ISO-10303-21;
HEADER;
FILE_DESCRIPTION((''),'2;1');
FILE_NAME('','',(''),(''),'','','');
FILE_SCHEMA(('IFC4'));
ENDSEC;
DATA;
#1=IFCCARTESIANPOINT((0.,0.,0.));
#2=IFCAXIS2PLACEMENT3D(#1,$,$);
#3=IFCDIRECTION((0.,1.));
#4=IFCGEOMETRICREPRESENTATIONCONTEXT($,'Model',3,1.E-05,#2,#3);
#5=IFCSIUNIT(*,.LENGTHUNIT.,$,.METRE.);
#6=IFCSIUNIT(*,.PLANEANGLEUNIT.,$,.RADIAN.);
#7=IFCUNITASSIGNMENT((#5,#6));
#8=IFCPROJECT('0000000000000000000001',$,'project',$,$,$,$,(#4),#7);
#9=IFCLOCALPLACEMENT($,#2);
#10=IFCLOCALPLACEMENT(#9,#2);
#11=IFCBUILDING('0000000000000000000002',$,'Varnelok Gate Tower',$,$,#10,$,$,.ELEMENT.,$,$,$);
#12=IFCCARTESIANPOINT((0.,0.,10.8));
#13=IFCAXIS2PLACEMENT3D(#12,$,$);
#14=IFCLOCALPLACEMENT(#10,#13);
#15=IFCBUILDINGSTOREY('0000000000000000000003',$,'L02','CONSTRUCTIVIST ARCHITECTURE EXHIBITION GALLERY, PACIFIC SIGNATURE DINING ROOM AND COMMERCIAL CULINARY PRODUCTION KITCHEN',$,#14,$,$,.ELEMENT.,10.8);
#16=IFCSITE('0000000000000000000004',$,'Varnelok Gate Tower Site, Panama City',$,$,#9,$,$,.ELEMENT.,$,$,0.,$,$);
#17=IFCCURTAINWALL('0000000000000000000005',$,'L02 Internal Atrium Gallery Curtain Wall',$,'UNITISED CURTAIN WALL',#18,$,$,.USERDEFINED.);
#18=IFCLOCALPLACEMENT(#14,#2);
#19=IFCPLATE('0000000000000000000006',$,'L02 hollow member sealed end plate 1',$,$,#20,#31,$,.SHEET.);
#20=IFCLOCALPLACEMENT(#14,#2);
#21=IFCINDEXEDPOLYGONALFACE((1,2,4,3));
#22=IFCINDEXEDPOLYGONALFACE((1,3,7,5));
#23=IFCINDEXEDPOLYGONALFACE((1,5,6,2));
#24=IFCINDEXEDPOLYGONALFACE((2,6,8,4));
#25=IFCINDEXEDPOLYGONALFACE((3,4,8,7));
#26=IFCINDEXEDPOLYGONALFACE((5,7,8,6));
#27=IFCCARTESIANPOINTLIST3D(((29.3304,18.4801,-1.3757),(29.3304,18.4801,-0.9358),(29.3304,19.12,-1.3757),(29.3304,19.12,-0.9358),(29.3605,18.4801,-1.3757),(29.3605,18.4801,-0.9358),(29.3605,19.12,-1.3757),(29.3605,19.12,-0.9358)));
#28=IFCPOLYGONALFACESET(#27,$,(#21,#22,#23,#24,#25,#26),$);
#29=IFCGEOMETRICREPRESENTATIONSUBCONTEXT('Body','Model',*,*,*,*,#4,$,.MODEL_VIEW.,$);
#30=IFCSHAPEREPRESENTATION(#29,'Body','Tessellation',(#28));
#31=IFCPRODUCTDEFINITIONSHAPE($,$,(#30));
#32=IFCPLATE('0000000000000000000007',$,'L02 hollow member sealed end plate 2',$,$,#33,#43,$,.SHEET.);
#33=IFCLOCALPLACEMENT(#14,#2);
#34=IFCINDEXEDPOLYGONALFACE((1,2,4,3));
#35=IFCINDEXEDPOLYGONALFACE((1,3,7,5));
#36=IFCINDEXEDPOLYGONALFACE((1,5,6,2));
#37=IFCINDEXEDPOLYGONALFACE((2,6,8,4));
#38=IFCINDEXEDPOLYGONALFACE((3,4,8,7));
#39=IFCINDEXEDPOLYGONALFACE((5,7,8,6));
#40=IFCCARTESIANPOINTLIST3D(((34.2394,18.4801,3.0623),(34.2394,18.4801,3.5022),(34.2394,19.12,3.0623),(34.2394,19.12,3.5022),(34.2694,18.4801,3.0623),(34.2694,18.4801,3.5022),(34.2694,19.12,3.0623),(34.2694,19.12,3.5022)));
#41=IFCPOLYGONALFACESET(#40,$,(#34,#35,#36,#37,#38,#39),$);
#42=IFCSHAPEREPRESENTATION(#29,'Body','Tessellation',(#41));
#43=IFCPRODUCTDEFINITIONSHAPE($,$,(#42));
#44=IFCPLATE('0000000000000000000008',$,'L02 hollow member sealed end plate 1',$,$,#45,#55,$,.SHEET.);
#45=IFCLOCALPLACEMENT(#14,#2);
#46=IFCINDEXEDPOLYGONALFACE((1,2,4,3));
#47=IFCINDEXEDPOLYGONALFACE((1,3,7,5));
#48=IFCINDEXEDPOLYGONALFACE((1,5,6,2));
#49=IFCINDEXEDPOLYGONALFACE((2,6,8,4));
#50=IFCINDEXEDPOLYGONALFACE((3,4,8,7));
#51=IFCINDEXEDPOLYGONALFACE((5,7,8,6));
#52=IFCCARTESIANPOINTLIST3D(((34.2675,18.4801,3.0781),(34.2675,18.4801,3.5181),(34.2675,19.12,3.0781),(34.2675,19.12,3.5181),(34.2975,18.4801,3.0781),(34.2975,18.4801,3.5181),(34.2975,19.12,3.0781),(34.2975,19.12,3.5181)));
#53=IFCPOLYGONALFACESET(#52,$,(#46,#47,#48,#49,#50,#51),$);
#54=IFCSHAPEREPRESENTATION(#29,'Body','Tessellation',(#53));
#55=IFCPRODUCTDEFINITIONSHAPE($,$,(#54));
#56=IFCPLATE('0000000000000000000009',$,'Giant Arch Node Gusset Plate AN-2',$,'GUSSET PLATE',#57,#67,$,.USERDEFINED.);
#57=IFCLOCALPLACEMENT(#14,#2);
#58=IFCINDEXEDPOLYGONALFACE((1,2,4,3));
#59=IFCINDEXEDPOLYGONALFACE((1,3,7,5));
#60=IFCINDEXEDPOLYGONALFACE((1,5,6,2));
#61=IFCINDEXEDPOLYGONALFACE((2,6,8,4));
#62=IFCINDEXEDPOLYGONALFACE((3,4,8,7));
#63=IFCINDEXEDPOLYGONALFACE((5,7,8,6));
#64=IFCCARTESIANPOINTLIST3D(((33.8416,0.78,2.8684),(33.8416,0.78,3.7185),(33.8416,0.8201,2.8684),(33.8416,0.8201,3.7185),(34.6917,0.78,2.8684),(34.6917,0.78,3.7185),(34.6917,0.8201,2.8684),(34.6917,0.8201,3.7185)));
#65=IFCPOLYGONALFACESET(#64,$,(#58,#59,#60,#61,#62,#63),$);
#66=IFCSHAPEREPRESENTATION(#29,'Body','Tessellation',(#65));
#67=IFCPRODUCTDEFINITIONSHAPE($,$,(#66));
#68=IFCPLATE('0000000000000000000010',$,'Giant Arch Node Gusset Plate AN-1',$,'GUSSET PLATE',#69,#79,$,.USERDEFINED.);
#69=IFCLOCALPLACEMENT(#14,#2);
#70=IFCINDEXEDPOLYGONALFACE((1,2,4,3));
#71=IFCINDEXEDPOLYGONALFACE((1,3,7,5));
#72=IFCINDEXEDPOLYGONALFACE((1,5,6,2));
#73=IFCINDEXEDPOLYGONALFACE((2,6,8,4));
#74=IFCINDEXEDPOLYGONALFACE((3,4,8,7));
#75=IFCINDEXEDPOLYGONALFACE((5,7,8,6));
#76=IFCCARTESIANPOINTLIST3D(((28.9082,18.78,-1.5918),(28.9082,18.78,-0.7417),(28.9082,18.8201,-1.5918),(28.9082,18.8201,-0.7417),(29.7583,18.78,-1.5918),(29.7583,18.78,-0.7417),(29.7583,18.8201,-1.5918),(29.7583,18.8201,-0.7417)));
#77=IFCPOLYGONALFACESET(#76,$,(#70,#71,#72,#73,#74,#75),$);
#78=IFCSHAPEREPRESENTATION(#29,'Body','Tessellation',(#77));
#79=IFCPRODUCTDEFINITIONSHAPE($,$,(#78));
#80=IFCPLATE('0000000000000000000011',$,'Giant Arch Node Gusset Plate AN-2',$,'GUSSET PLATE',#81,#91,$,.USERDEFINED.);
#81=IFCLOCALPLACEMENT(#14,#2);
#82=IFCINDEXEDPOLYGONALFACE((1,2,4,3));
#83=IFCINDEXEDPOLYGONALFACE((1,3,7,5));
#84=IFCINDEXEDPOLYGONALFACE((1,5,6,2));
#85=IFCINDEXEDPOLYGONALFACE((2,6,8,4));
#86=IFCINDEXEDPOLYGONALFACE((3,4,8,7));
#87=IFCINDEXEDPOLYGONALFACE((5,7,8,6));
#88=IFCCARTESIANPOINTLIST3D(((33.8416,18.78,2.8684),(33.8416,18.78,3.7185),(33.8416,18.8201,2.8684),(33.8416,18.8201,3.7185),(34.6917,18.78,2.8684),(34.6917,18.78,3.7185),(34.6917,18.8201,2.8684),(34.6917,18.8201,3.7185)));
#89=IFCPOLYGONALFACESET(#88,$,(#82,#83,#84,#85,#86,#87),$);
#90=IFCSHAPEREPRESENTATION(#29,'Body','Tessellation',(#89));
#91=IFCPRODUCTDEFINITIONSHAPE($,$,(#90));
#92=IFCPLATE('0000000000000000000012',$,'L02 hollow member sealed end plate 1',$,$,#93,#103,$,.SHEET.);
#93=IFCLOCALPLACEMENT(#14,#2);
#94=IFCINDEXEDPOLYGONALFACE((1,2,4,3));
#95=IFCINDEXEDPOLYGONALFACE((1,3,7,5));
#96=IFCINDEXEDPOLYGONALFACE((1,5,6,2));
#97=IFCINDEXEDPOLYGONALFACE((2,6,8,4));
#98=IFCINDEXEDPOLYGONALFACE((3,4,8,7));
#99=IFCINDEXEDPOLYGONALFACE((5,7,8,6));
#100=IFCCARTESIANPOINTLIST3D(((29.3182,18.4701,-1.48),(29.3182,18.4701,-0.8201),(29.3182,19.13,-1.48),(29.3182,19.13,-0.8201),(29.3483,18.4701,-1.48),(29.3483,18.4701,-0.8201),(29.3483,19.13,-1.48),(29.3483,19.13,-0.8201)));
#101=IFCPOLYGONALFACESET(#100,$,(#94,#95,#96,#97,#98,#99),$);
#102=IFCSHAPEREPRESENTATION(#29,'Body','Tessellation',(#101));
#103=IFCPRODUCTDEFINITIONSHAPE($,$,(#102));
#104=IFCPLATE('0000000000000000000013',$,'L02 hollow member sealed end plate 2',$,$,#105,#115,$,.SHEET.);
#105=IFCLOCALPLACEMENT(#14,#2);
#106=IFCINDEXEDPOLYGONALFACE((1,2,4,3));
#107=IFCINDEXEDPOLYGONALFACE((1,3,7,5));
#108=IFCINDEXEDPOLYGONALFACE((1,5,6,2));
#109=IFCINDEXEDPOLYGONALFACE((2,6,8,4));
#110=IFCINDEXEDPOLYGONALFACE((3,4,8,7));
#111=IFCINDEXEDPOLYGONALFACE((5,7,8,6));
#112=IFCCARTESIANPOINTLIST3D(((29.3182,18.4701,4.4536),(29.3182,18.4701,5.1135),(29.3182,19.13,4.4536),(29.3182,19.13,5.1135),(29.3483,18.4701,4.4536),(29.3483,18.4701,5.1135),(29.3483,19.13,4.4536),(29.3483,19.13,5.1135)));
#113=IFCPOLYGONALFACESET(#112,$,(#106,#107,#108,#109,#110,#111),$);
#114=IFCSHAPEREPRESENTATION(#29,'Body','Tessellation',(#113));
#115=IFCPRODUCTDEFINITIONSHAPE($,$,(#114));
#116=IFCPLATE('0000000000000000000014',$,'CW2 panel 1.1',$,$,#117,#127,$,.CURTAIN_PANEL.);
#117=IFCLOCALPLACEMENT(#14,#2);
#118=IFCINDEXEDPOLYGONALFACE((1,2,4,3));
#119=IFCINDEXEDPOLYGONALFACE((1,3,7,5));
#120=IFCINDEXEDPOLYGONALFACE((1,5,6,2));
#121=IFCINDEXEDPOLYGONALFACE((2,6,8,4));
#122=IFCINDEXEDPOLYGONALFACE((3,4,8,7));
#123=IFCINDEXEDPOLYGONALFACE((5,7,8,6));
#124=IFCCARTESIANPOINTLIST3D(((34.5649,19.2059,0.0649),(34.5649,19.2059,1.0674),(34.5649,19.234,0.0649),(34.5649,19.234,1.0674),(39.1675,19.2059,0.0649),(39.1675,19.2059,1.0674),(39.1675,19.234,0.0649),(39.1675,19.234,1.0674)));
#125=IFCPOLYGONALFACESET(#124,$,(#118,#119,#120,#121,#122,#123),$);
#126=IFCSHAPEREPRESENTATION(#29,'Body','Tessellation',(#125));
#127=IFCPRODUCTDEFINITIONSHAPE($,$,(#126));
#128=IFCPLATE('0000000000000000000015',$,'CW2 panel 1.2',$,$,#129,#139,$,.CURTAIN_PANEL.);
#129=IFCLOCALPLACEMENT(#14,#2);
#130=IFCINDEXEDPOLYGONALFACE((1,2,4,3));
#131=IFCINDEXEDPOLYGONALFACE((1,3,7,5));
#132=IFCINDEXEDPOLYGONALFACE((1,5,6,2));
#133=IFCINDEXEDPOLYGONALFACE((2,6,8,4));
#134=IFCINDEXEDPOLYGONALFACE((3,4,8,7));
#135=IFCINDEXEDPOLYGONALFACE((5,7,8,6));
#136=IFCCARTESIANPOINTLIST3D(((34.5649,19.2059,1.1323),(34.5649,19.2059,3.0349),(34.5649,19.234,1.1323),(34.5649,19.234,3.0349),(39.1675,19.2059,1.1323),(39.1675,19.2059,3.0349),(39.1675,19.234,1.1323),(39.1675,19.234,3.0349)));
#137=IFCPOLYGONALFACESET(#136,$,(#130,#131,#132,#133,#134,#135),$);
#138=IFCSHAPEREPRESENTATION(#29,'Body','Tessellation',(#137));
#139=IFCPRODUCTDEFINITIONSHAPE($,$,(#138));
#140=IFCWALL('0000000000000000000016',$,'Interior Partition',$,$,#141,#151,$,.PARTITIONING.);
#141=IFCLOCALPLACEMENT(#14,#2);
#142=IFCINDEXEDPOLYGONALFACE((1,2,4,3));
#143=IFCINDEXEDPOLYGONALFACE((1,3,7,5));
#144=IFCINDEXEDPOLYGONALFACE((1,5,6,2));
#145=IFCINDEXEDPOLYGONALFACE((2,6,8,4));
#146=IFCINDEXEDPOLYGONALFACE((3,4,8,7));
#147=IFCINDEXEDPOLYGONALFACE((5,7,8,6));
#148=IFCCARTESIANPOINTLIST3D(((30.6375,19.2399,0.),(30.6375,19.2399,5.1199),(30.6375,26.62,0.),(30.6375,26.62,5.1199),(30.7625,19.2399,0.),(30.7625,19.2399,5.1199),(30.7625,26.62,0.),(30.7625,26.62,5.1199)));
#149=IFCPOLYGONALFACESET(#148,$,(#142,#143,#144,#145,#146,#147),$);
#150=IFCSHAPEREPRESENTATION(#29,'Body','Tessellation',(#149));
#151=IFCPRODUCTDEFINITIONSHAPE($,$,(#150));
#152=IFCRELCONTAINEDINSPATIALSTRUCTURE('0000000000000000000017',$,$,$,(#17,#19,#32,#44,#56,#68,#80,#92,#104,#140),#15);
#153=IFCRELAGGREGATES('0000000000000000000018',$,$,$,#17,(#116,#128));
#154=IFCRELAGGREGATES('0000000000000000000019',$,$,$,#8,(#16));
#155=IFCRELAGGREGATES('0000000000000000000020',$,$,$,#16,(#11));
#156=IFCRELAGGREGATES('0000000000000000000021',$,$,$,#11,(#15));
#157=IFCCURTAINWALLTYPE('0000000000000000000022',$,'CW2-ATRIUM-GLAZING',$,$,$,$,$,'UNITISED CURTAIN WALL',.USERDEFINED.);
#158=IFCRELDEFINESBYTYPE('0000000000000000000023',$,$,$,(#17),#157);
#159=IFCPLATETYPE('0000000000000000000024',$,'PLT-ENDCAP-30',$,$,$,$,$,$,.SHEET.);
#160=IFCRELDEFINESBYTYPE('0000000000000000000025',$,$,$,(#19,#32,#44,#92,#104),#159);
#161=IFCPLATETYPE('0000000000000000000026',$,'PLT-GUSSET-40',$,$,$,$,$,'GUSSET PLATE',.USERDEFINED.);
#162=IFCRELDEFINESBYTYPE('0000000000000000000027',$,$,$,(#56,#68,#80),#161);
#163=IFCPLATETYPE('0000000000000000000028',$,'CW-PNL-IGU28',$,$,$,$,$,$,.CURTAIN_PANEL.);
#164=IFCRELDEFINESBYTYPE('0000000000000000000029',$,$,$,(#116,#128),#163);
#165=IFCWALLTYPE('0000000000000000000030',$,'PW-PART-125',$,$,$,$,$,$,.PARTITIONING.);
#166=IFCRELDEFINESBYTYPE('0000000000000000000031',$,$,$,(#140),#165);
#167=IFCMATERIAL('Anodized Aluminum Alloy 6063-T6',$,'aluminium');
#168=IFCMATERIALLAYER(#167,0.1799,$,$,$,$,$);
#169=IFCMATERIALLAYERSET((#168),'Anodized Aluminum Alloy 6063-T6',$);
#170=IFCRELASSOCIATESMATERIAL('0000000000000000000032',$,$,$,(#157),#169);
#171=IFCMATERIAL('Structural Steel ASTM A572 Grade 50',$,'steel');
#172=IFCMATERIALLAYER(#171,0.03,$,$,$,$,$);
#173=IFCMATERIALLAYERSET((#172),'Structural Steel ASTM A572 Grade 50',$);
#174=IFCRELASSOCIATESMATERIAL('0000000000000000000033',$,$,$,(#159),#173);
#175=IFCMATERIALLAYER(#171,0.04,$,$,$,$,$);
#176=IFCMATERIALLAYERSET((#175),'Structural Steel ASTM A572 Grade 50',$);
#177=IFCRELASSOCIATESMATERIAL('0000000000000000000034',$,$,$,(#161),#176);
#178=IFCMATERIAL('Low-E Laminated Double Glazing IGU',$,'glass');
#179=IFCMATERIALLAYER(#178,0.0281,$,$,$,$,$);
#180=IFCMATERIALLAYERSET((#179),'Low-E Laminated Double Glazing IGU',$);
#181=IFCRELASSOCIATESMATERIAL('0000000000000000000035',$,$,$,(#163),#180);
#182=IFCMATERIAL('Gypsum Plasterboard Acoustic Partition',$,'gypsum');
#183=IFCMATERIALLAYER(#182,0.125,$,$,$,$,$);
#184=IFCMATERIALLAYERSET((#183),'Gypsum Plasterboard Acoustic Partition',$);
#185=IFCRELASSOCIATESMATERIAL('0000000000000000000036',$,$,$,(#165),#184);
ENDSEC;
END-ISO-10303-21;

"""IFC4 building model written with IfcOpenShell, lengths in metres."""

from ifc_helpers import new_model, si_unit, direction, frame, frame_2d, origin, origin_2d, place, context, subcontext, project, spatial, rectangle, extrude, source, transform, mapped, material, layer, layer_set, type_object, element, aggregate, save


model = new_model("IFC4")

# Units and contexts
model_context = context("Model", 3, precision=1e-05, world=origin(), true_north=direction((0.0, 1.0)))
body_context = subcontext(model_context, "Body", "Model", "MODEL_VIEW")
ifc_project = project(units=[si_unit("LENGTHUNIT", "METRE"), si_unit("PLANEANGLEUNIT", "RADIAN")], contexts=[model_context])

# Site, building, storey
site_placement = place(None, origin())
site = spatial("IfcSite", under=ifc_project, at=site_placement, Name="Varnelok Gate Tower Site, Panama City", CompositionType="ELEMENT", RefElevation=0.0)
building_placement = place(site_placement, origin())
building = spatial("IfcBuilding", under=site, at=building_placement, Name="Varnelok Gate Tower", CompositionType="ELEMENT")
storey_placement = place(building_placement, frame((0.0, 0.0, 10.8)))
storey = spatial("IfcBuildingStorey", under=building, at=storey_placement, Name="L02", Description="CONSTRUCTIVIST ARCHITECTURE EXHIBITION GALLERY, PACIFIC SIGNATURE DINING ROOM AND COMMERCIAL CULINARY PRODUCTION KITCHEN", CompositionType="ELEMENT", Elevation=10.8)

# Curtain wall
ifc_material_1 = material(Name="Anodized Aluminum Alloy 6063-T6", Category="aluminium")
ifc_layer_1 = layer(ifc_material_1, 0.1799)
ifc_layer_set_1 = layer_set([ifc_layer_1], Name="Anodized Aluminum Alloy 6063-T6")
curtain_wall_type = type_object("IfcCurtainWallType", Name="CW2-ATRIUM-GLAZING", ElementType="UNITISED CURTAIN WALL", PredefinedType="USERDEFINED", material=ifc_layer_set_1)
curtain_wall_placement = place(storey_placement, origin())
curtain_wall = element("IfcCurtainWall", 1, at=curtain_wall_placement, inside=storey, type_object=curtain_wall_type, Name="L02 Internal Atrium Gallery Curtain Wall", ObjectType="UNITISED CURTAIN WALL", PredefinedType="USERDEFINED")

# Shared definitions
ifc_material_2 = material(Name="Structural Steel ASTM A572 Grade 50", Category="steel")

# Plates
ifc_layer_2 = layer(ifc_material_2, 0.03)
ifc_layer_set_2 = layer_set([ifc_layer_2], Name="Structural Steel ASTM A572 Grade 50")
plate_type_1 = type_object("IfcPlateType", Name="PLT-ENDCAP-30", PredefinedType="SHEET", material=ifc_layer_set_2)
shared_shape_1 = source(origin(), body_context, "Body", "SweptSolid", [
    extrude(rectangle(XDim=0.03, YDim=0.6399, at=origin_2d()), origin(), (0.0, 0.0, 1.0), 0.4399),
])
for number, where, z_axis, x_axis, name in (
    (2, (29.3455, 18.8, -1.3757), (0.0, 0.0, 1.0), (1.0, 0.0, 0.0), "L02 hollow member sealed end plate 1"),
    (3, (34.2544, 18.8, 3.0623), (0.0, 0.0, 1.0), (1.0, 0.0, 0.0), "L02 hollow member sealed end plate 2"),
    (4, (34.2825, 18.8, 3.0781), (0.0, 0.0, 1.0), (1.0, 0.0, 0.0), "L02 hollow member sealed end plate 1"),
):
    element("IfcPlate", number, at=place(storey_placement, frame(where, z_axis=z_axis, x_axis=x_axis)), inside=storey, type_object=plate_type_1, Name=name, PredefinedType="SHEET", context=body_context, shape_type="MappedRepresentation", body=[
        mapped(shared_shape_1, transform((0.0, 0.0, 0.0), scale=1.0)),
    ])
ifc_layer_3 = layer(ifc_material_2, 0.04)
ifc_layer_set_3 = layer_set([ifc_layer_3], Name="Structural Steel ASTM A572 Grade 50")
plate_type_2 = type_object("IfcPlateType", Name="PLT-GUSSET-40", ElementType="GUSSET PLATE", PredefinedType="USERDEFINED", material=ifc_layer_set_3)
shared_shape_2 = source(origin(), body_context, "Body", "SweptSolid", [
    extrude(rectangle(XDim=0.8501, YDim=0.04, at=origin_2d()), origin(), (0.0, 0.0, 1.0), 0.8501),
])
for number, where, z_axis, x_axis, name in (
    (5, (34.2666, 0.8, 2.8684), (0.0, 0.0, 1.0), (1.0, 0.0, 0.0), "Giant Arch Node Gusset Plate AN-2"),
    (6, (29.3333, 18.8, -1.5918), (0.0, 0.0, 1.0), (1.0, 0.0, 0.0), "Giant Arch Node Gusset Plate AN-1"),
    (7, (34.2666, 18.8, 2.8684), (0.0, 0.0, 1.0), (1.0, 0.0, 0.0), "Giant Arch Node Gusset Plate AN-2"),
):
    element("IfcPlate", number, at=place(storey_placement, frame(where, z_axis=z_axis, x_axis=x_axis)), inside=storey, type_object=plate_type_2, Name=name, ObjectType="GUSSET PLATE", PredefinedType="USERDEFINED", context=body_context, shape_type="MappedRepresentation", body=[
        mapped(shared_shape_2, transform((0.0, 0.0, 0.0), scale=1.0)),
    ])
shared_shape_3 = source(origin(), body_context, "Body", "SweptSolid", [
    extrude(rectangle(XDim=0.03, YDim=0.6599, at=origin_2d()), origin(), (0.0, 0.0, 1.0), 0.6599),
])
for number, where, z_axis, x_axis, name in (
    (8, (29.3333, 18.8, -1.48), (0.0, 0.0, 1.0), (1.0, 0.0, 0.0), "L02 hollow member sealed end plate 1"),
    (9, (29.3333, 18.8, 4.4536), (0.0, 0.0, 1.0), (1.0, 0.0, 0.0), "L02 hollow member sealed end plate 2"),
):
    element("IfcPlate", number, at=place(storey_placement, frame(where, z_axis=z_axis, x_axis=x_axis)), inside=storey, type_object=plate_type_1, Name=name, PredefinedType="SHEET", context=body_context, shape_type="MappedRepresentation", body=[
        mapped(shared_shape_3, transform((0.0, 0.0, 0.0), scale=1.0)),
    ])

# Plates
ifc_material_3 = material(Name="Low-E Laminated Double Glazing IGU", Category="glass")
ifc_layer_4 = layer(ifc_material_3, 0.0281)
ifc_layer_set_4 = layer_set([ifc_layer_4], Name="Low-E Laminated Double Glazing IGU")
plate_type_3 = type_object("IfcPlateType", Name="CW-PNL-IGU28", PredefinedType="CURTAIN_PANEL", material=ifc_layer_set_4)
shared_shape_4 = source(origin(), body_context, "Body", "SweptSolid", [
    extrude(rectangle(XDim=4.6025, YDim=0.0281, at=origin_2d()), origin(), (0.0, 0.0, 1.0), 1.0024),
])
plate_1_placement = place(storey_placement, frame((36.8662, 19.22, 0.0649), z_axis=(0.0, 0.0, 1.0), x_axis=(1.0, 0.0, 0.0)))
plate_1 = element("IfcPlate", 10, at=plate_1_placement, type_object=plate_type_3, Name="CW2 panel 1.1", PredefinedType="CURTAIN_PANEL", context=body_context, shape_type="MappedRepresentation", body=[
    mapped(shared_shape_4, transform((0.0, 0.0, 0.0), scale=1.0)),
])
shared_shape_5 = source(origin(), body_context, "Body", "SweptSolid", [
    extrude(rectangle(XDim=4.6025, YDim=0.0281, at=origin_2d()), origin(), (0.0, 0.0, 1.0), 1.9026),
])
plate_2_placement = place(storey_placement, frame((36.8662, 19.22, 1.1323), z_axis=(0.0, 0.0, 1.0), x_axis=(1.0, 0.0, 0.0)))
plate_2 = element("IfcPlate", 11, at=plate_2_placement, type_object=plate_type_3, Name="CW2 panel 1.2", PredefinedType="CURTAIN_PANEL", context=body_context, shape_type="MappedRepresentation", body=[
    mapped(shared_shape_5, transform((0.0, 0.0, 0.0), scale=1.0)),
])
aggregate(curtain_wall, [plate_1, plate_2])

# Wall
ifc_material_4 = material(Name="Gypsum Plasterboard Acoustic Partition", Category="gypsum")
ifc_layer_5 = layer(ifc_material_4, 0.125)
ifc_layer_set_5 = layer_set([ifc_layer_5], Name="Gypsum Plasterboard Acoustic Partition")
wall_type = type_object("IfcWallType", Name="PW-PART-125", PredefinedType="PARTITIONING", material=ifc_layer_set_5)
wall_placement = place(storey_placement, frame((30.7, 19.24, 0.0), z_axis=(0.0, 0.0, 1.0), x_axis=(0.0, 1.0, 0.0)))
element("IfcWall", 12, at=wall_placement, inside=storey, type_object=wall_type, Name="Interior Partition", PredefinedType="PARTITIONING", context=body_context, shape_type="SweptSolid", body=[
    extrude(rectangle(XDim=7.3801, YDim=0.125, at=frame_2d((3.6899, 0.0))), origin(), (0.0, 0.0, 1.0), 5.1199),
])

save(model, "model.ifc")
